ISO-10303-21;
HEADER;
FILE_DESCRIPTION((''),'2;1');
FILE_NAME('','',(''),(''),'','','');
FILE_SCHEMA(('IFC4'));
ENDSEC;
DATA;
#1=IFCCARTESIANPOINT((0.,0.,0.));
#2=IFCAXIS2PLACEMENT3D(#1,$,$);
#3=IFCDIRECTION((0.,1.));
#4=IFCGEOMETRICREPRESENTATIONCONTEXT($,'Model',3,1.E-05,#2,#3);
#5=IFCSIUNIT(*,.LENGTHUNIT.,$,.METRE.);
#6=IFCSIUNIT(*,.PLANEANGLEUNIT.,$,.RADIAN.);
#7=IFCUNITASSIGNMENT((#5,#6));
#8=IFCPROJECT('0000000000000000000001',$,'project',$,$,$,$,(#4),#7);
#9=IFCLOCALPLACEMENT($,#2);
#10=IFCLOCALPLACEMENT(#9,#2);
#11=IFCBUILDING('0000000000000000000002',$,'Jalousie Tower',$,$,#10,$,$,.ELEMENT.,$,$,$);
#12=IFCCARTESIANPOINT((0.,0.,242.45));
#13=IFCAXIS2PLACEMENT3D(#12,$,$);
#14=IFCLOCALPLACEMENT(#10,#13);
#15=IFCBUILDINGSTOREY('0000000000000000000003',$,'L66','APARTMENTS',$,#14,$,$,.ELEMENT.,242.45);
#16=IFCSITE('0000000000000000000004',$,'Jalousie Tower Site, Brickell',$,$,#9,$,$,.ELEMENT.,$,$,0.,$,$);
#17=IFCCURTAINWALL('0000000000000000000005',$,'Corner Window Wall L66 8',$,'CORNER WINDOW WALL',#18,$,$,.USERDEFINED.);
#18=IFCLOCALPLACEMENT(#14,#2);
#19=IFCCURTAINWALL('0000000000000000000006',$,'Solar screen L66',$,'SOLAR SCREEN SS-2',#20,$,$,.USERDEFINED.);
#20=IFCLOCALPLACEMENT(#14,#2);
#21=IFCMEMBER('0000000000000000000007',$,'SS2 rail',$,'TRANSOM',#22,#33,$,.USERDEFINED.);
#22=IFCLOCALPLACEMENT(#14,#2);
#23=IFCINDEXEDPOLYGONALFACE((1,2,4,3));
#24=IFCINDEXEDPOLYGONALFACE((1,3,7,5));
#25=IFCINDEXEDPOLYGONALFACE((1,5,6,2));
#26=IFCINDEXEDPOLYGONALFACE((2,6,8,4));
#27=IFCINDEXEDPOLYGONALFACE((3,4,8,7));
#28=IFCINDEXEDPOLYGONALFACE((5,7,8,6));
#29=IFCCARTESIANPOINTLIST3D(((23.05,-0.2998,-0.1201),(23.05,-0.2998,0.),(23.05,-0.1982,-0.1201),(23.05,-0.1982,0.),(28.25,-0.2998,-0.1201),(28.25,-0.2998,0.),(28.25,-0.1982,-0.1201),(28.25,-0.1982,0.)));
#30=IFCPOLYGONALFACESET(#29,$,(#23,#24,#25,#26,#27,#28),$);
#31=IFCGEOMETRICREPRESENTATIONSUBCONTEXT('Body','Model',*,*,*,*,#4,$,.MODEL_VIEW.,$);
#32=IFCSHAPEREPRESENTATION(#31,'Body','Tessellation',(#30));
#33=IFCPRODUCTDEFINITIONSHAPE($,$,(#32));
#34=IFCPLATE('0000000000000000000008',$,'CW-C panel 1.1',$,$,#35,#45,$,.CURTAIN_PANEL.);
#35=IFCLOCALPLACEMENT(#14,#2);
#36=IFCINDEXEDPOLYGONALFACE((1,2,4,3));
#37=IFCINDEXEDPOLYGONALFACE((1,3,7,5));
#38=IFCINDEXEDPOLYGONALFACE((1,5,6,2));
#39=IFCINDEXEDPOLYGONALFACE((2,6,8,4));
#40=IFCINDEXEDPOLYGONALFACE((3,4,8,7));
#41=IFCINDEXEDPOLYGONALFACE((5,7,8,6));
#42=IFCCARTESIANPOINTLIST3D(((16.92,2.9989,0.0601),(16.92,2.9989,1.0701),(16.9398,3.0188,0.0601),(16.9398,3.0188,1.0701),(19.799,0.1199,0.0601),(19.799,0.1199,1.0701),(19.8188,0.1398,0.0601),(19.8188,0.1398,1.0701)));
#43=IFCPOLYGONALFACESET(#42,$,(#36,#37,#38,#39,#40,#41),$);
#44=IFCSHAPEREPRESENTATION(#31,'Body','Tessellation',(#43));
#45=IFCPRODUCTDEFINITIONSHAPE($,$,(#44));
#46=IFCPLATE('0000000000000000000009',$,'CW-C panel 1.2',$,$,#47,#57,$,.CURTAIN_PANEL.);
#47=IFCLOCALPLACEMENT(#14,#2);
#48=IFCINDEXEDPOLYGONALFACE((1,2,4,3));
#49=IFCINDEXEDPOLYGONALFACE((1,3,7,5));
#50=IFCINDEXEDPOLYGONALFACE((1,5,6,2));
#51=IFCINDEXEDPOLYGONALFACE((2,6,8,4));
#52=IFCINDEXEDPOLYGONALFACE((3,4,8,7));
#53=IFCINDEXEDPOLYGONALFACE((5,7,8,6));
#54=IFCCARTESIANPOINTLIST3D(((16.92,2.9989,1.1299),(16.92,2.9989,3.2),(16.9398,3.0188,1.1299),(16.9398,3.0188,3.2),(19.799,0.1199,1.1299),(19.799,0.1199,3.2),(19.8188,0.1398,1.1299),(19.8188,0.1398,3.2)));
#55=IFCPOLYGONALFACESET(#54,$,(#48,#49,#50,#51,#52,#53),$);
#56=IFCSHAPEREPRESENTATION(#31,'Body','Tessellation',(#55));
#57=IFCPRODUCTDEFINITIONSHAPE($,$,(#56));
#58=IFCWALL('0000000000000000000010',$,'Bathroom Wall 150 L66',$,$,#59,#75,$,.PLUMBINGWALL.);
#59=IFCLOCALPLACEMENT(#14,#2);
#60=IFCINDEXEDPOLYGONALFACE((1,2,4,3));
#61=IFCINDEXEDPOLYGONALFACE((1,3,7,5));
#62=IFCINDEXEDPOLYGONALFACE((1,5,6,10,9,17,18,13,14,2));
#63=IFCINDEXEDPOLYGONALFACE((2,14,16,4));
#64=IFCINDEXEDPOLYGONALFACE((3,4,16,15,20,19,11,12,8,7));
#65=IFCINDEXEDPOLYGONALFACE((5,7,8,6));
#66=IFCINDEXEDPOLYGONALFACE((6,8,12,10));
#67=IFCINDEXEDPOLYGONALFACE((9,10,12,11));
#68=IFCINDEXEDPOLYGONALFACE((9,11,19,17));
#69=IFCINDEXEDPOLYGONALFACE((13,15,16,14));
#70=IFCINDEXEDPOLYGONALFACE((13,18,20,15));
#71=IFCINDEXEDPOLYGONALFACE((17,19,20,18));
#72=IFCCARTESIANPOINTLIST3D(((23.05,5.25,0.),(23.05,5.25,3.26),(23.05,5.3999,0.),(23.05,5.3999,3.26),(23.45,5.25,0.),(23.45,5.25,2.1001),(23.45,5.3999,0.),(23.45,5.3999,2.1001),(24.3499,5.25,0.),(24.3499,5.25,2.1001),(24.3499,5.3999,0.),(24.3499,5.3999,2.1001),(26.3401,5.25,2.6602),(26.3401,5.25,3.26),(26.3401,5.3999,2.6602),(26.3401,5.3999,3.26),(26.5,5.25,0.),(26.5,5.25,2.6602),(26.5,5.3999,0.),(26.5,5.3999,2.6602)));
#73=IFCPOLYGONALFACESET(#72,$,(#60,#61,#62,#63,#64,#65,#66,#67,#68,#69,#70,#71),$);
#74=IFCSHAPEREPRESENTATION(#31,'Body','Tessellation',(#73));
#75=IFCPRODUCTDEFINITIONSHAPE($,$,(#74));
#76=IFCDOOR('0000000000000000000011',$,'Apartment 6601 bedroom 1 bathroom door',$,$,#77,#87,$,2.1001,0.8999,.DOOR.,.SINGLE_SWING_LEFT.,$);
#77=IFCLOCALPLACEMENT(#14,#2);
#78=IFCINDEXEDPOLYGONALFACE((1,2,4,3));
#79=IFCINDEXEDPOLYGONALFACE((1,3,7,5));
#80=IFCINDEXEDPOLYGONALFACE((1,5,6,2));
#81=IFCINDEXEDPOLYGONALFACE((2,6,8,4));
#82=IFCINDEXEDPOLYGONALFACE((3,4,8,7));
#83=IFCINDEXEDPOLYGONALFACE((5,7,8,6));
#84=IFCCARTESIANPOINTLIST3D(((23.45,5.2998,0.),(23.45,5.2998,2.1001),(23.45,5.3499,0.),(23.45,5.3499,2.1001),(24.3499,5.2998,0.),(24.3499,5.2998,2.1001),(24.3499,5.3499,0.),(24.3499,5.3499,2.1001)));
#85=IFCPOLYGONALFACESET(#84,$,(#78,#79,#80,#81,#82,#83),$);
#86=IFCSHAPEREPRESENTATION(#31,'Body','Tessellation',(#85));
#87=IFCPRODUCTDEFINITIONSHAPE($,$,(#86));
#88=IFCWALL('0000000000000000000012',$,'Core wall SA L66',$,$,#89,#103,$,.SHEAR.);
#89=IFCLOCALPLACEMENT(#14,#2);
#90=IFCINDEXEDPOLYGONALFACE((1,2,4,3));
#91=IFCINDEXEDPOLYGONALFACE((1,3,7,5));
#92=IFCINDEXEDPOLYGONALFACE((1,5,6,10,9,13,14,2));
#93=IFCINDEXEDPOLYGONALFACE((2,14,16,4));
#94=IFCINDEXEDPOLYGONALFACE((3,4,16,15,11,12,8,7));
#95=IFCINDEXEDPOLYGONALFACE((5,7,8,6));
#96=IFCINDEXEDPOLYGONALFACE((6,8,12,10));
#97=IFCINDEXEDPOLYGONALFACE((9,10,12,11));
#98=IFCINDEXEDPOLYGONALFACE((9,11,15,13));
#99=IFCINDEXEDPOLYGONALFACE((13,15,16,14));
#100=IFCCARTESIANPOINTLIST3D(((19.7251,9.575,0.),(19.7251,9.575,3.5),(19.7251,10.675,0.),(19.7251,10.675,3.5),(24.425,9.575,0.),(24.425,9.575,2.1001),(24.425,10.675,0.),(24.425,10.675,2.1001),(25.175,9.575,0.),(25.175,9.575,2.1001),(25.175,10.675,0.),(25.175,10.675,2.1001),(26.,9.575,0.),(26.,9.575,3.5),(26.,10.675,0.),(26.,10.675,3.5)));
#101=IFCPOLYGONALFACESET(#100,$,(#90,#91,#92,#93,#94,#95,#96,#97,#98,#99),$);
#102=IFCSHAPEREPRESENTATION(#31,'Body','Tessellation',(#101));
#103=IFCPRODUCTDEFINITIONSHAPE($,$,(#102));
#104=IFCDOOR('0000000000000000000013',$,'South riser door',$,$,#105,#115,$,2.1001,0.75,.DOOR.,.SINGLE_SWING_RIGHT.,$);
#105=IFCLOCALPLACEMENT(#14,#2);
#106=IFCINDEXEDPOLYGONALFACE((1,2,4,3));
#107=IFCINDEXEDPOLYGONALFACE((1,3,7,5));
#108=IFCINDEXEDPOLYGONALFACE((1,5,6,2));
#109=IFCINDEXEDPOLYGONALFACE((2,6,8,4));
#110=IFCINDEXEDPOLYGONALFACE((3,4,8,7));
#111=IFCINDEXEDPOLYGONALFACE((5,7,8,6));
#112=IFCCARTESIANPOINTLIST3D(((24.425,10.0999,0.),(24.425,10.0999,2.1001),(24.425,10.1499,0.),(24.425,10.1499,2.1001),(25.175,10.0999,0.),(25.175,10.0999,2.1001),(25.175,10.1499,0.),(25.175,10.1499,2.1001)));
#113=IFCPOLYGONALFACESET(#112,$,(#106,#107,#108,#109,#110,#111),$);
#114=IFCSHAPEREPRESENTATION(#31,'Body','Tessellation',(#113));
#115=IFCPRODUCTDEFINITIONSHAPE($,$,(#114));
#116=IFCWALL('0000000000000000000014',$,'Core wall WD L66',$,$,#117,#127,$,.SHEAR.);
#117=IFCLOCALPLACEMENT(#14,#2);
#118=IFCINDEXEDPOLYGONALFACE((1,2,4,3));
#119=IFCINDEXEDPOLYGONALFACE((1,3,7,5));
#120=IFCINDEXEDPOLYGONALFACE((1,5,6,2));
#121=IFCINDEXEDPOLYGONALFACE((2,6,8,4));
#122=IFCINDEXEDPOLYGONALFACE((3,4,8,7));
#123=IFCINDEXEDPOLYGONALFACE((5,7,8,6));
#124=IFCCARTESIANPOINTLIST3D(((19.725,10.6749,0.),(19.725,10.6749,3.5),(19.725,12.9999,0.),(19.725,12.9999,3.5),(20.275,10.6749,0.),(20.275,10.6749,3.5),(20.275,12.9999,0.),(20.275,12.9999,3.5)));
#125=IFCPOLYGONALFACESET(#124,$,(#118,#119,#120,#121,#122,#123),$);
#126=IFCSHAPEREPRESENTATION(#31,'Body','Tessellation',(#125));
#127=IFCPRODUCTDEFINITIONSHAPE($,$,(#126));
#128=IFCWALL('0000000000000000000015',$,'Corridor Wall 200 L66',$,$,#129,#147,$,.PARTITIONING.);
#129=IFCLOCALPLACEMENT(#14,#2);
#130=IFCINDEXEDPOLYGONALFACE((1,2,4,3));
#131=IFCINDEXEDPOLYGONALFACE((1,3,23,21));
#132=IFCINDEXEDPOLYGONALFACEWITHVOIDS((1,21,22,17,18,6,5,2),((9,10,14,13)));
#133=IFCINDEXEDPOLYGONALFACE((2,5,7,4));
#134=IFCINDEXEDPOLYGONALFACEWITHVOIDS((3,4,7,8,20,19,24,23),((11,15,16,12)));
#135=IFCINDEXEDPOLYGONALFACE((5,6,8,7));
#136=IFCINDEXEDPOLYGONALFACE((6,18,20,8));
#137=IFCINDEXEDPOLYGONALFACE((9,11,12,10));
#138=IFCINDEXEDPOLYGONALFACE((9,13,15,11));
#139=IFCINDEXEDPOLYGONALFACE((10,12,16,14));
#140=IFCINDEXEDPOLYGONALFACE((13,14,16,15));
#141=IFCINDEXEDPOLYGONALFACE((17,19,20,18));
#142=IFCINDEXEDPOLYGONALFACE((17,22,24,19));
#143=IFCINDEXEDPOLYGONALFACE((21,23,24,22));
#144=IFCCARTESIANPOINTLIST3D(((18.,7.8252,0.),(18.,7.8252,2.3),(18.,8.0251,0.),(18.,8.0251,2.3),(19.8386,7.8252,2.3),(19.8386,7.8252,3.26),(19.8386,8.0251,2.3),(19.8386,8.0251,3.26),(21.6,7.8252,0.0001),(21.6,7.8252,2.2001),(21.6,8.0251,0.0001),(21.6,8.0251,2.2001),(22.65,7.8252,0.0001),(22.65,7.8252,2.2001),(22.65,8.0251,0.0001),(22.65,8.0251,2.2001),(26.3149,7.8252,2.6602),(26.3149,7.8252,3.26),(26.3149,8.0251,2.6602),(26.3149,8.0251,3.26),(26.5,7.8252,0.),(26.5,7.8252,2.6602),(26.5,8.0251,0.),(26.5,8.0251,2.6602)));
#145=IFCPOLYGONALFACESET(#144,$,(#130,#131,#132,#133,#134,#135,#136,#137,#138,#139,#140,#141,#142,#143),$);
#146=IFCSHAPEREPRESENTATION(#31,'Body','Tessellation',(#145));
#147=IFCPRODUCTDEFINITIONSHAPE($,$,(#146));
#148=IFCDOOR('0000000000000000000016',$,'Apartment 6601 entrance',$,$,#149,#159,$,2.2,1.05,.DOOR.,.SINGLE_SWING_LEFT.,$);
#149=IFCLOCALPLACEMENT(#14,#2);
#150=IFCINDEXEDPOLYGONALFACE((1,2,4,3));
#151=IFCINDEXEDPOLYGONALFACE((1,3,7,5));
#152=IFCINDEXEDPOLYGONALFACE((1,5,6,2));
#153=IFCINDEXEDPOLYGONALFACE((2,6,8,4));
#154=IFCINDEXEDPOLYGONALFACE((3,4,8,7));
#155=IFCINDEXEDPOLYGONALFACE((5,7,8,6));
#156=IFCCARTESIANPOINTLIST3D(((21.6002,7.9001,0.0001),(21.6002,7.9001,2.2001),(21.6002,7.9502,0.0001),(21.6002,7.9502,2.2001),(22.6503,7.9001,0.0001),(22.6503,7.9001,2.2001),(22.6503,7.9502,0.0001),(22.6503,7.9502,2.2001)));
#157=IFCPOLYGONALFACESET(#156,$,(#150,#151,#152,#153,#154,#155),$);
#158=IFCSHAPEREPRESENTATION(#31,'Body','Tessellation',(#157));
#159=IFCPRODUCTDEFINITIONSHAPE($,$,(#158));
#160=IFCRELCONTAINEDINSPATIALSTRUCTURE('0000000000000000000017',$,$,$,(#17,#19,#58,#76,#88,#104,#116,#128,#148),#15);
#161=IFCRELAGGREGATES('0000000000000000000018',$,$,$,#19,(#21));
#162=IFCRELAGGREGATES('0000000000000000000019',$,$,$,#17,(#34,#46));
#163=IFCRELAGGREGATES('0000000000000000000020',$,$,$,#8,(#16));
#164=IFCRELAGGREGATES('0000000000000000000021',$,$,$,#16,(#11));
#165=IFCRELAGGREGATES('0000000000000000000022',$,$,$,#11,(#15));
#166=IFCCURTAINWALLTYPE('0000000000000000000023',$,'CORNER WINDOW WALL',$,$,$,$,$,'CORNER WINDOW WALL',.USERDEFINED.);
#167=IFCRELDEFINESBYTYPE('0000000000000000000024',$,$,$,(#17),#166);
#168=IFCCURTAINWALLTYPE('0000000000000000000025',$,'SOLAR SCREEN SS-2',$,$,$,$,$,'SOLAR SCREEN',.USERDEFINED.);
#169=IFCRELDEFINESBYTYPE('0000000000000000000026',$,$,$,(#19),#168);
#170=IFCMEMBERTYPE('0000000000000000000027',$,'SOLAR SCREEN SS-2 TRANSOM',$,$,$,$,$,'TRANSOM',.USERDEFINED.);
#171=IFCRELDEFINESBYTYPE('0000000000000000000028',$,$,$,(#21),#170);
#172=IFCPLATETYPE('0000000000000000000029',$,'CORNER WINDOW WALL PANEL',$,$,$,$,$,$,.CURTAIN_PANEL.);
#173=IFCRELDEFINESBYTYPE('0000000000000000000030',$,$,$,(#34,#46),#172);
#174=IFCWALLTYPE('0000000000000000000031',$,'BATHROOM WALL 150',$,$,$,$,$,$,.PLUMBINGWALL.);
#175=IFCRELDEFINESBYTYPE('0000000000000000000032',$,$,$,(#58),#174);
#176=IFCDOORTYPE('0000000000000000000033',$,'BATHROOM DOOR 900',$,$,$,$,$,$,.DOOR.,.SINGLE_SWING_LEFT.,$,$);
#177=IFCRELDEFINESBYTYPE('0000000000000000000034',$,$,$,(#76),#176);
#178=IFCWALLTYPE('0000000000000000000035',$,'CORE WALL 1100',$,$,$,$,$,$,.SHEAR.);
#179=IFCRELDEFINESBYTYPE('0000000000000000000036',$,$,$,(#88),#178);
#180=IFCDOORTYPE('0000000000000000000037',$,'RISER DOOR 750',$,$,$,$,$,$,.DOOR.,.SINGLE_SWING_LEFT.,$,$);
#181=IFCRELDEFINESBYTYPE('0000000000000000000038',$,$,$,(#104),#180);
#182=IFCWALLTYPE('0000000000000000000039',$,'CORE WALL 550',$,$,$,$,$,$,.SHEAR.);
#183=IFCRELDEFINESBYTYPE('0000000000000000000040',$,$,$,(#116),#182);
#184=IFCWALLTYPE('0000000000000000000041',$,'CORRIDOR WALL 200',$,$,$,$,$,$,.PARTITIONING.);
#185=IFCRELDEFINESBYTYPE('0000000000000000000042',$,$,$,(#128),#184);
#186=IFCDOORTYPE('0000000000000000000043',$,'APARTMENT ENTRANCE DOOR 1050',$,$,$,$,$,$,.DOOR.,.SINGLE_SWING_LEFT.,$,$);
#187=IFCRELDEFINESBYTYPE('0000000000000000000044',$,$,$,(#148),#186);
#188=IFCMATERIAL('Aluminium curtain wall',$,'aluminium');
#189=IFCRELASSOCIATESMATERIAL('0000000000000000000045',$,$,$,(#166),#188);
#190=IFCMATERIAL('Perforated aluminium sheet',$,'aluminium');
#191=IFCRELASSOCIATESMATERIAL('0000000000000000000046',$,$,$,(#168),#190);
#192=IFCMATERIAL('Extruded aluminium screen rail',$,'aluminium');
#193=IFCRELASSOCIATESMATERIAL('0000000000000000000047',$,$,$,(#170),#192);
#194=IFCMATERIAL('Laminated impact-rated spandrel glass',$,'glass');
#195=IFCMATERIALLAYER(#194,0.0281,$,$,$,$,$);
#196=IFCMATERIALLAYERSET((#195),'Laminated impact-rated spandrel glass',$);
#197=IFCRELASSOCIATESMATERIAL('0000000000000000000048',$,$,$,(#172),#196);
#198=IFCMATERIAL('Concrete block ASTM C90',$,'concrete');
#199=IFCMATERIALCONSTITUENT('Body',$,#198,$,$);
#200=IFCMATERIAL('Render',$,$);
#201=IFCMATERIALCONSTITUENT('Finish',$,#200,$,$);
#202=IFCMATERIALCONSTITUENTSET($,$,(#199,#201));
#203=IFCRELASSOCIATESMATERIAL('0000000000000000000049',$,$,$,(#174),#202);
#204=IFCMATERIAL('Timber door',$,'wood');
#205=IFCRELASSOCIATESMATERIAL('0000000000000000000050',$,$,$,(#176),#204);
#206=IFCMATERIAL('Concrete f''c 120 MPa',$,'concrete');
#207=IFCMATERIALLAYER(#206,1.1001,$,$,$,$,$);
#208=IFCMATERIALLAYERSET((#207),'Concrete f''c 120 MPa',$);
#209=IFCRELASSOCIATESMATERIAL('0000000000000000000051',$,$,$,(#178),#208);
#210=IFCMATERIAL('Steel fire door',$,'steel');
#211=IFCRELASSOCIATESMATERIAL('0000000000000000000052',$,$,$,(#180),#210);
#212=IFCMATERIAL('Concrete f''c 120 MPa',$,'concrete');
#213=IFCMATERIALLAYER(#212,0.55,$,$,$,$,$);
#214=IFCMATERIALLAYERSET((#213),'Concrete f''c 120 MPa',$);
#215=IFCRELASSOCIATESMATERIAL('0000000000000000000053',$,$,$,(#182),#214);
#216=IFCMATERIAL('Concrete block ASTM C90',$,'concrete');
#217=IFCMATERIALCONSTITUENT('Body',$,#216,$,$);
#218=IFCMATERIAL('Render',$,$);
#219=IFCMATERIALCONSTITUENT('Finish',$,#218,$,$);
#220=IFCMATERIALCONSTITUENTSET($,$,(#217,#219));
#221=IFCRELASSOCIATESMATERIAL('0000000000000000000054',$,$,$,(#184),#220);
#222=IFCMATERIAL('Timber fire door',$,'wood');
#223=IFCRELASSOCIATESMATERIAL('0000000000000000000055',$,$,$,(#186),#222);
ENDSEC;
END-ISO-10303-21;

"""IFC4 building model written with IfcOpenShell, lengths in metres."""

from ifc_helpers import new_model, si_unit, direction, frame, frame_2d, origin, origin_2d, place, context, subcontext, project, spatial, polyline, rectangle, outline, extrude, material, layer, layer_set, constituent, constituent_set, material_profile, profile_set, type_object, element, fill, aggregate, save


model = new_model("IFC4")

# Units and contexts
model_context = context("Model", 3, precision=1e-05, world=origin(), true_north=direction((0.0, 1.0)))
body_context = subcontext(model_context, "Body", "Model", "MODEL_VIEW")
ifc_project = project(units=[si_unit("LENGTHUNIT", "METRE"), si_unit("PLANEANGLEUNIT", "RADIAN")], contexts=[model_context])

# Site, building, storey
site_placement = place(None, origin())
site = spatial("IfcSite", under=ifc_project, at=site_placement, Name="Jalousie Tower Site, Brickell", CompositionType="ELEMENT", RefElevation=0.0)
building_placement = place(site_placement, origin())
building = spatial("IfcBuilding", under=site, at=building_placement, Name="Jalousie Tower", CompositionType="ELEMENT")
storey_placement = place(building_placement, frame((0.0, 0.0, 242.45)))
storey = spatial("IfcBuildingStorey", under=building, at=storey_placement, Name="L66", Description="APARTMENTS", CompositionType="ELEMENT", Elevation=242.45)

# Curtain wall
ifc_material_1 = material(Name="Aluminium curtain wall", Category="aluminium")
curtain_wall_type_1 = type_object("IfcCurtainWallType", Name="CORNER WINDOW WALL", ElementType="CORNER WINDOW WALL", PredefinedType="USERDEFINED", material=ifc_material_1)
curtain_wall_1_placement = place(storey_placement, origin())
curtain_wall_1 = element("IfcCurtainWall", 1, at=curtain_wall_1_placement, inside=storey, type_object=curtain_wall_type_1, Name="Corner Window Wall L66 8", ObjectType="CORNER WINDOW WALL", PredefinedType="USERDEFINED")

# Curtain wall, member
ifc_material_2 = material(Name="Perforated aluminium sheet", Category="aluminium")
curtain_wall_type_2 = type_object("IfcCurtainWallType", Name="SOLAR SCREEN SS-2", ElementType="SOLAR SCREEN", PredefinedType="USERDEFINED", material=ifc_material_2)
curtain_wall_2_placement = place(storey_placement, origin())
curtain_wall_2 = element("IfcCurtainWall", 2, at=curtain_wall_2_placement, inside=storey, type_object=curtain_wall_type_2, Name="Solar screen L66", ObjectType="SOLAR SCREEN SS-2", PredefinedType="USERDEFINED")
ifc_material_3 = material(Name="Extruded aluminium screen rail", Category="aluminium")
ifc_material_profile_1 = material_profile(ifc_material_3, rectangle(XDim=0.1016, YDim=0.1201, at=origin_2d()), Name="RAIL 102x120")
ifc_profile_set_1 = profile_set([ifc_material_profile_1], Name="Extruded aluminium screen rail")
member_type_1 = type_object("IfcMemberType", Name="SOLAR SCREEN SS-2 TRANSOM", ElementType="TRANSOM", PredefinedType="USERDEFINED", material=ifc_profile_set_1)
member_1_placement = place(storey_placement, frame((23.05, -0.249, -0.0601), z_axis=(1.0, 0.0, 0.0), x_axis=(0.0, 1.0, 0.0)))
member_1 = element("IfcMember", 3, at=member_1_placement, type_object=member_type_1, Name="SS2 rail", ObjectType="TRANSOM", PredefinedType="USERDEFINED", context=body_context, shape_type="SweptSolid", body=[
    extrude(rectangle(XDim=0.1016, YDim=0.1201, at=origin_2d()), origin(), (0.0, 0.0, 1.0), 5.2),
])
aggregate(curtain_wall_2, [member_1])

# Plates
ifc_material_4 = material(Name="Laminated impact-rated spandrel glass", Category="glass")
ifc_layer_1 = layer(ifc_material_4, 0.0281)
ifc_layer_set_1 = layer_set([ifc_layer_1], Name="Laminated impact-rated spandrel glass")
plate_type = type_object("IfcPlateType", Name="CORNER WINDOW WALL PANEL", PredefinedType="CURTAIN_PANEL", material=ifc_layer_set_1)
plate_1_placement = place(storey_placement, frame((18.3694, 1.5693, 0.0601), z_axis=(0.0, 0.0, 1.0), x_axis=(0.707107, -0.707107, 0.0)))
plate_1 = element("IfcPlate", 4, at=plate_1_placement, type_object=plate_type, Name="CW-C panel 1.1", PredefinedType="CURTAIN_PANEL", context=body_context, shape_type="SweptSolid", body=[
    extrude(rectangle(XDim=4.0715, YDim=0.0281, at=origin_2d()), origin(), (0.0, 0.0, 1.0), 1.01),
])
plate_2_placement = place(storey_placement, frame((18.3694, 1.5693, 1.1299), z_axis=(0.0, 0.0, 1.0), x_axis=(0.707107, -0.707107, 0.0)))
plate_2 = element("IfcPlate", 5, at=plate_2_placement, type_object=plate_type, Name="CW-C panel 1.2", PredefinedType="CURTAIN_PANEL", context=body_context, shape_type="SweptSolid", body=[
    extrude(rectangle(XDim=4.0715, YDim=0.0281, at=origin_2d()), origin(), (0.0, 0.0, 1.0), 2.0701),
])
aggregate(curtain_wall_1, [plate_1, plate_2])

# Walls, openings, doors
ifc_material_5 = material(Name="Concrete block ASTM C90", Category="concrete")
ifc_constituent_1 = constituent(ifc_material_5, Name="Body")
ifc_material_6 = material(Name="Render")
ifc_constituent_2 = constituent(ifc_material_6, Name="Finish")
ifc_constituent_set_1 = constituent_set(constituents=[ifc_constituent_1, ifc_constituent_2])
wall_type_1 = type_object("IfcWallType", Name="BATHROOM WALL 150", PredefinedType="PLUMBINGWALL", material=ifc_constituent_set_1)
wall_1_placement = place(storey_placement, frame((23.05, 5.325, 0.0), z_axis=(0.0, 0.0, 1.0), x_axis=(1.0, 0.0, 0.0)))
wall_1 = element("IfcWall", 6, at=wall_1_placement, inside=storey, type_object=wall_type_1, Name="Bathroom Wall 150 L66", PredefinedType="PLUMBINGWALL", context=body_context, shape_type="SweptSolid", body=[
    extrude(outline(polyline([(0.0, 0.0), (3.45, 0.0), (3.45, 3.26), (3.45, 2.6602), (3.29, 2.6602), (3.29, 3.26), (0.0, 3.26), (0.0, 0.0)])), frame((0.0, 0.075, 0.0), z_axis=(0.0, -1.0, 0.0), x_axis=(1.0, 0.0, 0.0)), (0.0, 0.0, 1.0), 0.1499),
])
opening_1_placement = place(wall_1_placement, frame((0.3999, 0.0, 0.0)))
opening_1 = element("IfcOpeningElement", 7, at=opening_1_placement, cuts=wall_1, PredefinedType="OPENING", context=body_context, shape_type="SweptSolid", body=[
    extrude(rectangle(XDim=0.8999, YDim=2.1001, at=frame_2d((0.45, 1.05))), frame((0.0, 0.085, 0.0), z_axis=(0.0, -1.0, 0.0), x_axis=(1.0, 0.0, 0.0)), (0.0, 0.0, 1.0), 0.1699),
])
ifc_material_7 = material(Name="Timber door", Category="wood")
door_type_1 = type_object("IfcDoorType", Name="BATHROOM DOOR 900", OperationType="SINGLE_SWING_LEFT", PredefinedType="DOOR", material=ifc_material_7)
door_1_placement = place(opening_1_placement, origin())
door_1 = element("IfcDoor", 8, at=door_1_placement, inside=storey, type_object=door_type_1, Name="Apartment 6601 bedroom 1 bathroom door", OperationType="SINGLE_SWING_LEFT", OverallHeight=2.1001, OverallWidth=0.8999, PredefinedType="DOOR", context=body_context, shape_type="SweptSolid", body=[
    extrude(rectangle(XDim=0.8999, YDim=2.1001, at=frame_2d((0.45, 1.05))), frame((0.0, 0.0249, 0.0), z_axis=(0.0, -1.0, 0.0), x_axis=(1.0, 0.0, 0.0)), (0.0, 0.0, 1.0), 0.05),
])
fill(opening_1, door_1)
ifc_material_8 = material(Name="Concrete f'c 120 MPa", Category="concrete")
ifc_layer_2 = layer(ifc_material_8, 1.1001)
ifc_layer_set_2 = layer_set([ifc_layer_2], Name="Concrete f'c 120 MPa")
wall_type_2 = type_object("IfcWallType", Name="CORE WALL 1100", PredefinedType="SHEAR", material=ifc_layer_set_2)
wall_2_placement = place(storey_placement, frame((19.7251, 10.125, 0.0), z_axis=(0.0, 0.0, 1.0), x_axis=(1.0, 0.0, 0.0)))
wall_2 = element("IfcWall", 9, at=wall_2_placement, inside=storey, type_object=wall_type_2, Name="Core wall SA L66", PredefinedType="SHEAR", context=body_context, shape_type="SweptSolid", body=[
    extrude(rectangle(XDim=6.2749, YDim=1.1001, at=frame_2d((3.1375, 0.0))), origin(), (0.0, 0.0, 1.0), 3.5),
])
opening_2_placement = place(wall_2_placement, frame((4.7, 0.0, 0.0)))
opening_2 = element("IfcOpeningElement", 10, at=opening_2_placement, cuts=wall_2, PredefinedType="OPENING", context=body_context, shape_type="SweptSolid", body=[
    extrude(rectangle(XDim=0.75, YDim=2.1001, at=frame_2d((0.375, 1.05))), frame((0.0, 0.5601, 0.0), z_axis=(0.0, -1.0, 0.0), x_axis=(1.0, 0.0, 0.0)), (0.0, 0.0, 1.0), 1.1201),
])
ifc_material_9 = material(Name="Steel fire door", Category="steel")
door_type_2 = type_object("IfcDoorType", Name="RISER DOOR 750", OperationType="SINGLE_SWING_LEFT", PredefinedType="DOOR", material=ifc_material_9)
door_2_placement = place(opening_2_placement, origin())
door_2 = element("IfcDoor", 11, at=door_2_placement, inside=storey, type_object=door_type_2, Name="South riser door", OperationType="SINGLE_SWING_RIGHT", OverallHeight=2.1001, OverallWidth=0.75, PredefinedType="DOOR", context=body_context, shape_type="SweptSolid", body=[
    extrude(rectangle(XDim=0.75, YDim=2.1001, at=frame_2d((0.375, 1.05))), frame((0.0, 0.0249, 0.0), z_axis=(0.0, -1.0, 0.0), x_axis=(1.0, 0.0, 0.0)), (0.0, 0.0, 1.0), 0.05),
])
fill(opening_2, door_2)

# Wall
ifc_material_10 = material(Name="Concrete f'c 120 MPa", Category="concrete")
ifc_layer_3 = layer(ifc_material_10, 0.55)
ifc_layer_set_3 = layer_set([ifc_layer_3], Name="Concrete f'c 120 MPa")
wall_type_3 = type_object("IfcWallType", Name="CORE WALL 550", PredefinedType="SHEAR", material=ifc_layer_set_3)
wall_3_placement = place(storey_placement, frame((20.0, 13.0, 0.0), z_axis=(0.0, 0.0, 1.0), x_axis=(0.0, -1.0, 0.0)))
element("IfcWall", 12, at=wall_3_placement, inside=storey, type_object=wall_type_3, Name="Core wall WD L66", PredefinedType="SHEAR", context=body_context, shape_type="SweptSolid", body=[
    extrude(rectangle(XDim=2.325, YDim=0.55, at=frame_2d((1.1626, 0.0))), origin(), (0.0, 0.0, 1.0), 3.5),
])

# Wall, opening, door
ifc_material_11 = material(Name="Concrete block ASTM C90", Category="concrete")
ifc_constituent_3 = constituent(ifc_material_11, Name="Body")
ifc_material_12 = material(Name="Render")
ifc_constituent_4 = constituent(ifc_material_12, Name="Finish")
ifc_constituent_set_2 = constituent_set(constituents=[ifc_constituent_3, ifc_constituent_4])
wall_type_4 = type_object("IfcWallType", Name="CORRIDOR WALL 200", PredefinedType="PARTITIONING", material=ifc_constituent_set_2)
wall_4_placement = place(storey_placement, frame((18.0, 7.925, 0.0), z_axis=(0.0, 0.0, 1.0), x_axis=(1.0, 0.0, 0.0)))
wall_4 = element("IfcWall", 13, at=wall_4_placement, inside=storey, type_object=wall_type_4, Name="Corridor Wall 200 L66", PredefinedType="PARTITIONING", context=body_context, shape_type="SweptSolid", body=[
    extrude(outline(polyline([(0.0, 0.0), (8.5, 0.0), (8.5, 3.26), (8.5, 2.6602), (8.3149, 2.6602), (8.3149, 3.26), (1.8386, 3.26), (1.8386, 2.3), (0.0, 2.3), (0.0, 3.26), (0.0, 0.0)])), frame((0.0, 0.1001, 0.0), z_axis=(0.0, -1.0, 0.0), x_axis=(1.0, 0.0, 0.0)), (0.0, 0.0, 1.0), 0.2),
])
opening_3_placement = place(wall_4_placement, frame((3.6001, 0.0, 0.0)))
opening_3 = element("IfcOpeningElement", 14, at=opening_3_placement, cuts=wall_4, PredefinedType="OPENING", context=body_context, shape_type="SweptSolid", body=[
    extrude(rectangle(XDim=1.05, YDim=2.2, at=frame_2d((0.5249, 1.1001))), frame((0.0, 0.1099, 0.0), z_axis=(0.0, -1.0, 0.0), x_axis=(1.0, 0.0, 0.0)), (0.0, 0.0, 1.0), 0.22),
])
ifc_material_13 = material(Name="Timber fire door", Category="wood")
door_type_3 = type_object("IfcDoorType", Name="APARTMENT ENTRANCE DOOR 1050", OperationType="SINGLE_SWING_LEFT", PredefinedType="DOOR", material=ifc_material_13)
door_3_placement = place(opening_3_placement, frame((1.05, 0.0, 0.0), z_axis=(0.0, 0.0, 1.0), x_axis=(-1.0, 0.0, 0.0)))
door_3 = element("IfcDoor", 15, at=door_3_placement, inside=storey, type_object=door_type_3, Name="Apartment 6601 entrance", OperationType="SINGLE_SWING_LEFT", OverallHeight=2.2, OverallWidth=1.05, PredefinedType="DOOR", context=body_context, shape_type="SweptSolid", body=[
    extrude(rectangle(XDim=1.05, YDim=2.2, at=frame_2d((0.5249, 1.1001))), frame((0.0, 0.0249, 0.0), z_axis=(0.0, -1.0, 0.0), x_axis=(1.0, 0.0, 0.0)), (0.0, 0.0, 1.0), 0.05),
])
fill(opening_3, door_3)

save(model, "model.ifc")
